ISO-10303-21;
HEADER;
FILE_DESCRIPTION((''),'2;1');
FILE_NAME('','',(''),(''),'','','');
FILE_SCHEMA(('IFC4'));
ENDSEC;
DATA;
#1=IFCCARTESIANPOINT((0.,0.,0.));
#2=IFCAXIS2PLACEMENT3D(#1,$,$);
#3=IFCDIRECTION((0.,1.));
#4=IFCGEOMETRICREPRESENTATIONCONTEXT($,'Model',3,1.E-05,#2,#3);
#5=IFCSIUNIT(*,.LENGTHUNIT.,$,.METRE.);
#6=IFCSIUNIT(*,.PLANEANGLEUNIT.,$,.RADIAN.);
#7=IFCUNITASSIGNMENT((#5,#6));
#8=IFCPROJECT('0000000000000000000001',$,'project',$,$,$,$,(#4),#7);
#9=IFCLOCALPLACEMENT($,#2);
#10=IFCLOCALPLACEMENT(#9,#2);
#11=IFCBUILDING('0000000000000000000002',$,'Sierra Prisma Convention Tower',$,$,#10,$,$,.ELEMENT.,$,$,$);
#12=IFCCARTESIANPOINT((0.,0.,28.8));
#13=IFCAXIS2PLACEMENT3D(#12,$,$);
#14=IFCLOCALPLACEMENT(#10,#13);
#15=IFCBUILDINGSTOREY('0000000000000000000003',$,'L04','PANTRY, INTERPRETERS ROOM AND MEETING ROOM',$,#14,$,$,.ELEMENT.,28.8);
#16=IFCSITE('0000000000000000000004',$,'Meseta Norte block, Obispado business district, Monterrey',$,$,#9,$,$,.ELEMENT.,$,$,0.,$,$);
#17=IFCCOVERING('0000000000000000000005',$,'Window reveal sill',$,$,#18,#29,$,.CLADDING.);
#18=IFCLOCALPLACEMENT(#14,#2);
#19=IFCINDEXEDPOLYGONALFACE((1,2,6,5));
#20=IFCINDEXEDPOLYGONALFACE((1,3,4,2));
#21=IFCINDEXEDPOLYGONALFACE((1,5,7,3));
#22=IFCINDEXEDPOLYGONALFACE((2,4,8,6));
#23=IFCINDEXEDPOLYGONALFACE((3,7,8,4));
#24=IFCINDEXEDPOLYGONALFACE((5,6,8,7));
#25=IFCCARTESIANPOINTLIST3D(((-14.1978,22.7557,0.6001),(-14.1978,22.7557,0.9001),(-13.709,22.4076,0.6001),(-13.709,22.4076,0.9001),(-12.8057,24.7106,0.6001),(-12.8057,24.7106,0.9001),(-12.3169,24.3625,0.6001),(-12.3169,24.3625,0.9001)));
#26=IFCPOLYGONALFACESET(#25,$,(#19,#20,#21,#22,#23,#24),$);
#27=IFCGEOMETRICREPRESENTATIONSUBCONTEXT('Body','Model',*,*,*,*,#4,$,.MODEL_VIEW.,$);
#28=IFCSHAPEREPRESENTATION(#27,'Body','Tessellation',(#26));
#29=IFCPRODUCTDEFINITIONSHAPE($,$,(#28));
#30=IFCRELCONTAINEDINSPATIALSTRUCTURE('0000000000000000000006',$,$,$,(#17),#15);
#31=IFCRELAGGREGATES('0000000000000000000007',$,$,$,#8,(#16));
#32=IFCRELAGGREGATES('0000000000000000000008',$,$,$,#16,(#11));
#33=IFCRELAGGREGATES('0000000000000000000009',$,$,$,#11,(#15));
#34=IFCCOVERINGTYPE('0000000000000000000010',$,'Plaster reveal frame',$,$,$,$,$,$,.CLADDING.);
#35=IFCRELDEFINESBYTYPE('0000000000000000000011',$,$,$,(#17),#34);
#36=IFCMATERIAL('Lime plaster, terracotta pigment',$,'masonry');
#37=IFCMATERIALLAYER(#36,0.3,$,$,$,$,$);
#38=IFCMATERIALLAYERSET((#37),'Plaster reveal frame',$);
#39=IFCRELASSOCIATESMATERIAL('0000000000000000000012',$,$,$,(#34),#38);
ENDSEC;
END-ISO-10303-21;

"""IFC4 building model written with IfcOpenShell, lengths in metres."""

from ifc_helpers import new_model, si_unit, direction, frame, origin, origin_2d, place, context, subcontext, project, spatial, rectangle, extrude, material, layer, layer_set, type_object, element, save


model = new_model("IFC4")

# Units and contexts
model_context = context("Model", 3, precision=1e-05, world=origin(), true_north=direction((0.0, 1.0)))
body_context = subcontext(model_context, "Body", "Model", "MODEL_VIEW")
ifc_project = project(units=[si_unit("LENGTHUNIT", "METRE"), si_unit("PLANEANGLEUNIT", "RADIAN")], contexts=[model_context])

# Site, building, storey
site_placement = place(None, origin())
site = spatial("IfcSite", under=ifc_project, at=site_placement, Name="Meseta Norte block, Obispado business district, Monterrey", CompositionType="ELEMENT", RefElevation=0.0)
building_placement = place(site_placement, origin())
building = spatial("IfcBuilding", under=site, at=building_placement, Name="Sierra Prisma Convention Tower", CompositionType="ELEMENT")
storey_placement = place(building_placement, frame((0.0, 0.0, 28.8)))
storey = spatial("IfcBuildingStorey", under=building, at=storey_placement, Name="L04", Description="PANTRY, INTERPRETERS ROOM AND MEETING ROOM", CompositionType="ELEMENT", Elevation=28.8)

# Covering
ifc_material_1 = material(Name="Lime plaster, terracotta pigment", Category="masonry")
ifc_layer_1 = layer(ifc_material_1, 0.3)
ifc_layer_set_1 = layer_set([ifc_layer_1], Name="Plaster reveal frame")
covering_type = type_object("IfcCoveringType", Name="Plaster reveal frame", PredefinedType="CLADDING", material=ifc_layer_set_1)
for number, where, z_axis, x_axis, name in (
    (1, (-13.2573, 23.5591, 0.6001), (0.0, 0.0, 1.0), (0.580072, 0.814565, 0.0), "Window reveal sill"),
):
    element("IfcCovering", number, at=place(storey_placement, frame(where, z_axis=z_axis, x_axis=x_axis)), inside=storey, type_object=covering_type, Name=name, PredefinedType="CLADDING", context=body_context, shape_type="SweptSolid", body=[
        extrude(rectangle(XDim=2.3999, YDim=0.6001, at=origin_2d()), origin(), (0.0, 0.0, 1.0), 0.3),
    ])

save(model, "model.ifc")
